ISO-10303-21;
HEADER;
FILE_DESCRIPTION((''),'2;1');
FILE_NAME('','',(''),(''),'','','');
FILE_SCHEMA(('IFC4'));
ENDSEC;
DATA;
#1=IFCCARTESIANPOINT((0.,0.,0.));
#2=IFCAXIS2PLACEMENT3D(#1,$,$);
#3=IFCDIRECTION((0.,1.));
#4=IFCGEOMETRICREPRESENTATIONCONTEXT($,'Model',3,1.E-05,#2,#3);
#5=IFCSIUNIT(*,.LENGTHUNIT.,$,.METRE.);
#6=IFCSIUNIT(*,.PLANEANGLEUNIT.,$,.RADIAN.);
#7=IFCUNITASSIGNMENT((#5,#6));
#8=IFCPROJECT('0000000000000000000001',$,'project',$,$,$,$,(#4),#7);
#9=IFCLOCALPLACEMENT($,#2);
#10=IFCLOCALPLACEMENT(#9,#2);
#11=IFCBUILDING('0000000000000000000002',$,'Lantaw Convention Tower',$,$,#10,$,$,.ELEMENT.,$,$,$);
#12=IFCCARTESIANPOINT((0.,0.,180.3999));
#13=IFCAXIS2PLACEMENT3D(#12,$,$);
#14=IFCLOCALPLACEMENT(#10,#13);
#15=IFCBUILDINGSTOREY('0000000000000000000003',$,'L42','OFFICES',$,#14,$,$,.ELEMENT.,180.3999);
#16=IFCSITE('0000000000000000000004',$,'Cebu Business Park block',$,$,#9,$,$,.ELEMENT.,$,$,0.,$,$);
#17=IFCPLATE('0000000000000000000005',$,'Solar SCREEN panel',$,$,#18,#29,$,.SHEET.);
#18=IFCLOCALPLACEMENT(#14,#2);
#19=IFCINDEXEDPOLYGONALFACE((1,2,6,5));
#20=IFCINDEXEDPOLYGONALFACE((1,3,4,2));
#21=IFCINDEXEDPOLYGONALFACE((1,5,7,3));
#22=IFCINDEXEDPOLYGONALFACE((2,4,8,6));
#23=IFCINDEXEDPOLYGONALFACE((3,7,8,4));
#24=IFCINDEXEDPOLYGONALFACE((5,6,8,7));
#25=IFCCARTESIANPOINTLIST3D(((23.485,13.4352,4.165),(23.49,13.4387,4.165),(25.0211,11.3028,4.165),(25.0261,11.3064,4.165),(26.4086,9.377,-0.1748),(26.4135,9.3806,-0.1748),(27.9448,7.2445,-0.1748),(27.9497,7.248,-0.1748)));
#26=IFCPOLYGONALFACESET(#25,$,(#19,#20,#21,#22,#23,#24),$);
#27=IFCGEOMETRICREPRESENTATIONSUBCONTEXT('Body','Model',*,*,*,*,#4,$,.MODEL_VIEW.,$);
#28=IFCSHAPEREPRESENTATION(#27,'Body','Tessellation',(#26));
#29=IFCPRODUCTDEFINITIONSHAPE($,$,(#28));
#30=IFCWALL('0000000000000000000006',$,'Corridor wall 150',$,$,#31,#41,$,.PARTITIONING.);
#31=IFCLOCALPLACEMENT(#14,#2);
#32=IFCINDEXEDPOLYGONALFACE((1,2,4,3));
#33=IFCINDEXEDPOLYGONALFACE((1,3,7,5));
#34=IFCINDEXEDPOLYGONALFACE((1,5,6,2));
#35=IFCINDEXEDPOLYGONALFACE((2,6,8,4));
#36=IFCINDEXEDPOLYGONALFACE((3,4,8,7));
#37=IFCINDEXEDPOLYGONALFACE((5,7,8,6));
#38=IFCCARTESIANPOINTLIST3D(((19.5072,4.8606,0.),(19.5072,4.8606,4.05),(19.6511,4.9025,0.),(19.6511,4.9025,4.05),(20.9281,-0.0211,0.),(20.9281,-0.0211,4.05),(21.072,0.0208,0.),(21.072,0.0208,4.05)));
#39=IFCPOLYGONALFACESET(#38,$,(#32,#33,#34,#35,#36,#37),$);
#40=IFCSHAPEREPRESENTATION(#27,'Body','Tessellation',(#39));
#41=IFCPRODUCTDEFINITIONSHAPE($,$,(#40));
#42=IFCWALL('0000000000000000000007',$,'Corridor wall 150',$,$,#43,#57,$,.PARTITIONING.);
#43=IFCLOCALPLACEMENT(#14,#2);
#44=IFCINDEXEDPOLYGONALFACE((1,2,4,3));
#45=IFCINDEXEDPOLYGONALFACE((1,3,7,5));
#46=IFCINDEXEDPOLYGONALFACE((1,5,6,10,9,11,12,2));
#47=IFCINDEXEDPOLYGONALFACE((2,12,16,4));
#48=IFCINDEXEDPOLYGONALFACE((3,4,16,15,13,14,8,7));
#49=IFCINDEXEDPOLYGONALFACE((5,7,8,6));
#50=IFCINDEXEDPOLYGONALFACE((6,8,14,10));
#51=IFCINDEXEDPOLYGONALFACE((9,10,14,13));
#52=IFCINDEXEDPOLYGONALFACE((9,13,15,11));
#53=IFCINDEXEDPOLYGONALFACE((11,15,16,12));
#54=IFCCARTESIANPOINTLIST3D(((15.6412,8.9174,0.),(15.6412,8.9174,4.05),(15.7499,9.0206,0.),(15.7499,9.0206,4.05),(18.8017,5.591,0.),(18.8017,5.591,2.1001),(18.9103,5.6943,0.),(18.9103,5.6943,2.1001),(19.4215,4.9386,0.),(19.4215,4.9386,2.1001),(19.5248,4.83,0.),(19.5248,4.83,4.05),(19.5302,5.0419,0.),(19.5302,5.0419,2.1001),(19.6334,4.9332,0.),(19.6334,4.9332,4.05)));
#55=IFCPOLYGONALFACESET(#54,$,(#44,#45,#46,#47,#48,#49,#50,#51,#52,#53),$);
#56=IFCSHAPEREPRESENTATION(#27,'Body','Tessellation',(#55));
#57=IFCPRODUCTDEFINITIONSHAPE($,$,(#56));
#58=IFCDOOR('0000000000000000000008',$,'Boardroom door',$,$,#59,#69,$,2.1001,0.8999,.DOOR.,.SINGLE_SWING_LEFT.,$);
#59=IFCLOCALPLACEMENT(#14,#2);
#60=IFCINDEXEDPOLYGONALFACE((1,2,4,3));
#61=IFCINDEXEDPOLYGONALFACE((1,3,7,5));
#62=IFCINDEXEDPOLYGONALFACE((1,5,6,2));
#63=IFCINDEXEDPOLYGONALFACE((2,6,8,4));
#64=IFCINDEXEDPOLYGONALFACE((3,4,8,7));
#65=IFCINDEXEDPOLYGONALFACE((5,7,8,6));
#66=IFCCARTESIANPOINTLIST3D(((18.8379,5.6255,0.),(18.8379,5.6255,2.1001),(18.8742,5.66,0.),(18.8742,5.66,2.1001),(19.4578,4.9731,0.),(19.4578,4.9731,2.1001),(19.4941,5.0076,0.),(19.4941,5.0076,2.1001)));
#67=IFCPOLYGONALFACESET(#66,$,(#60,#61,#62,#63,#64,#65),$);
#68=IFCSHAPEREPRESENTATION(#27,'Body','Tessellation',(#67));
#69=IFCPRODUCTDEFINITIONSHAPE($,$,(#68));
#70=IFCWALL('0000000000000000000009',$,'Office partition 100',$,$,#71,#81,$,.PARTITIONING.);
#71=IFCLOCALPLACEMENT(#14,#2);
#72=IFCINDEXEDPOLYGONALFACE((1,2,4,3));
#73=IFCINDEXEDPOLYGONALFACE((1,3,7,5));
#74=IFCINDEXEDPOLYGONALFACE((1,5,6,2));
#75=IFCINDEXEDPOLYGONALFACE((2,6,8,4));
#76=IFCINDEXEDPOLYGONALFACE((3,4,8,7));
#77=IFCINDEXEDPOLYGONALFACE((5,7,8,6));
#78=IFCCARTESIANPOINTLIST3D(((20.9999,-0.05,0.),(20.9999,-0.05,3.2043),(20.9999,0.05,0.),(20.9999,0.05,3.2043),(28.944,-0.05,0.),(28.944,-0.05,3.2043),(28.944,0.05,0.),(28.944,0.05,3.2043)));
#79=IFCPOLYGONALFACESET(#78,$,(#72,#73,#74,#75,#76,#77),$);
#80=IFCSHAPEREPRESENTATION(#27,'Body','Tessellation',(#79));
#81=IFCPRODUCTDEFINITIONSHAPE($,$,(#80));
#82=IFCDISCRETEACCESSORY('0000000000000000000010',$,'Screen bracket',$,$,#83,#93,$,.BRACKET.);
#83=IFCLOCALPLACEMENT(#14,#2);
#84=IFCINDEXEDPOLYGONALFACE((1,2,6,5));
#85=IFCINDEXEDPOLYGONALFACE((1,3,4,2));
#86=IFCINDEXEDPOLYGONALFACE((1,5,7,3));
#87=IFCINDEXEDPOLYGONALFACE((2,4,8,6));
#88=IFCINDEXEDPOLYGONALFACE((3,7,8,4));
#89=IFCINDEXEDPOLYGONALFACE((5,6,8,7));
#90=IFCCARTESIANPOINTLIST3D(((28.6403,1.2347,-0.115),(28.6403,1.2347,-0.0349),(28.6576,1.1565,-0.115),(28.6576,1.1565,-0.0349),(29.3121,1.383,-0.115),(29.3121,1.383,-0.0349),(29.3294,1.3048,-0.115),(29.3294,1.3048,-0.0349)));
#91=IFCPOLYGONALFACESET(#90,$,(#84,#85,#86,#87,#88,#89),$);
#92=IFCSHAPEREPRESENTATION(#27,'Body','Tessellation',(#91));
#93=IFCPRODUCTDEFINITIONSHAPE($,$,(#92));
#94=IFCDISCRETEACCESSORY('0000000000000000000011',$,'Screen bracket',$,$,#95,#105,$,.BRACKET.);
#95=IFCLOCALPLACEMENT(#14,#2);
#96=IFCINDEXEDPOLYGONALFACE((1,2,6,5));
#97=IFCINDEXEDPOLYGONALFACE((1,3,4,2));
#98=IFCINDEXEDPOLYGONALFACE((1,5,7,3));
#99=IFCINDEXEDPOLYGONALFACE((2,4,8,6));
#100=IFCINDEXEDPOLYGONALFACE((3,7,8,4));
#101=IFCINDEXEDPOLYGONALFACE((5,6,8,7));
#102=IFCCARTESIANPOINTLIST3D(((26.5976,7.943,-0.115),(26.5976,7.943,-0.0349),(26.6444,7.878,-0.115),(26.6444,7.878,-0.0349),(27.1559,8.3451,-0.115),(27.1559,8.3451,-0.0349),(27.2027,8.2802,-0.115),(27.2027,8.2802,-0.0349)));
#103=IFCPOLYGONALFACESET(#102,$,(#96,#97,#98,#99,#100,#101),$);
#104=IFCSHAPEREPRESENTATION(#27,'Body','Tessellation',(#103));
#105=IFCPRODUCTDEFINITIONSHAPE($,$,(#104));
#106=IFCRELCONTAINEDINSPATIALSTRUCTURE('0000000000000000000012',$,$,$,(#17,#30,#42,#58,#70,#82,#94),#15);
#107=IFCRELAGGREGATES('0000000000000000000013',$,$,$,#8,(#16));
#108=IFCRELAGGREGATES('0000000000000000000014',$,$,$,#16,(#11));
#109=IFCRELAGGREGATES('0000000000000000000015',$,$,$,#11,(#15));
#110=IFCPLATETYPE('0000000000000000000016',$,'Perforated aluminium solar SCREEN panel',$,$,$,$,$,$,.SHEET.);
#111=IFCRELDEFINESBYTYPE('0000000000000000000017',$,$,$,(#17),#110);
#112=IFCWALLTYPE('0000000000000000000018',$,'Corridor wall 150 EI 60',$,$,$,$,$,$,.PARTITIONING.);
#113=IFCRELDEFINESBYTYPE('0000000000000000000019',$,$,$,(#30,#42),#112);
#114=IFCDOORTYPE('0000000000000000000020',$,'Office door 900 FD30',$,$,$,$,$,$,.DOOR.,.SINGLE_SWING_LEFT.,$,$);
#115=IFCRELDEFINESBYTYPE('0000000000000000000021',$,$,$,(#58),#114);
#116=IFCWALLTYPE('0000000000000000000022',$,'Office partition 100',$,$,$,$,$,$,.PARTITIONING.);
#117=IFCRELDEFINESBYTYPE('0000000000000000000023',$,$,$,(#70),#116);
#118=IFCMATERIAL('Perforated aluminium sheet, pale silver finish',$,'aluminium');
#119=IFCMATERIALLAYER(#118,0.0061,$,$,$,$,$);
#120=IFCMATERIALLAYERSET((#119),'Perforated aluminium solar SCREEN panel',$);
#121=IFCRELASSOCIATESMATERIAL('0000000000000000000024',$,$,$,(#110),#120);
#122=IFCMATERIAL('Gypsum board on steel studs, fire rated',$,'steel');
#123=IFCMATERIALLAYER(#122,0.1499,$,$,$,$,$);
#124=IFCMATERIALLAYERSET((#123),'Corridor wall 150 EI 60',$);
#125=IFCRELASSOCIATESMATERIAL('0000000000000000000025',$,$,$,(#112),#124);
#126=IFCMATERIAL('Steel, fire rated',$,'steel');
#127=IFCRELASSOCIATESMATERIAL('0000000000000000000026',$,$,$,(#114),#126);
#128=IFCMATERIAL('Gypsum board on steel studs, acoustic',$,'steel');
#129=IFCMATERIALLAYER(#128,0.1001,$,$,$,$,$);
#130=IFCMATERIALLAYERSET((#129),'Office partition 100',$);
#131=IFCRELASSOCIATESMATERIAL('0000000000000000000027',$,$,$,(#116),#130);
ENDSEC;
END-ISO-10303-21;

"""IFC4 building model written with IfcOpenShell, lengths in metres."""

from ifc_helpers import new_model, si_unit, direction, frame, frame_2d, origin, origin_2d, place, context, subcontext, project, spatial, polyline, rectangle, outline, extrude, material, layer, layer_set, type_object, element, fill, save


model = new_model("IFC4")

# Units and contexts
model_context = context("Model", 3, precision=1e-05, world=origin(), true_north=direction((0.0, 1.0)))
body_context = subcontext(model_context, "Body", "Model", "MODEL_VIEW")
ifc_project = project(units=[si_unit("LENGTHUNIT", "METRE"), si_unit("PLANEANGLEUNIT", "RADIAN")], contexts=[model_context])

# Site, building, storey
site_placement = place(None, origin())
site = spatial("IfcSite", under=ifc_project, at=site_placement, Name="Cebu Business Park block", CompositionType="ELEMENT", RefElevation=0.0)
building_placement = place(site_placement, origin())
building = spatial("IfcBuilding", under=site, at=building_placement, Name="Lantaw Convention Tower", CompositionType="ELEMENT")
storey_placement = place(building_placement, frame((0.0, 0.0, 180.3999)))
storey = spatial("IfcBuildingStorey", under=building, at=storey_placement, Name="L42", Description="OFFICES", CompositionType="ELEMENT", Elevation=180.3999)

# Plate
ifc_material_1 = material(Name="Perforated aluminium sheet, pale silver finish", Category="aluminium")
ifc_layer_1 = layer(ifc_material_1, 0.0061)
ifc_layer_set_1 = layer_set([ifc_layer_1], Name="Perforated aluminium solar SCREEN panel")
plate_type_1 = type_object("IfcPlateType", Name="Perforated aluminium solar SCREEN panel", PredefinedType="SHEET", material=ifc_layer_set_1)
plate_1_placement = place(storey_placement, frame((27.9497, 7.248, -0.1748), z_axis=(0.811395, 0.584498, 0.000036), x_axis=(-0.584498, 0.811395, 0.0)))
element("IfcPlate", 1, at=plate_1_placement, inside=storey, type_object=plate_type_1, Name="Solar SCREEN panel", PredefinedType="SHEET", context=body_context, shape_type="SweptSolid", body=[
    extrude(outline(polyline([(0.0, 0.0), (2.6282, 0.0), (7.6298, 4.3398), (5.0018, 4.3398), (0.0, 0.0)])), origin(), (0.0, 0.0, -1.0), 0.0061),
])

# Wall
ifc_material_2 = material(Name="Gypsum board on steel studs, fire rated", Category="steel")
ifc_layer_2 = layer(ifc_material_2, 0.1499)
ifc_layer_set_2 = layer_set([ifc_layer_2], Name="Corridor wall 150 EI 60")
wall_type_1 = type_object("IfcWallType", Name="Corridor wall 150 EI 60", PredefinedType="PARTITIONING", material=ifc_layer_set_2)
wall_1_placement = place(storey_placement, frame((21.0, 0.0, 0.0), z_axis=(0.0, 0.0, 1.0), x_axis=(-0.279474, 0.960153, 0.0)))
element("IfcWall", 2, at=wall_1_placement, inside=storey, type_object=wall_type_1, Name="Corridor wall 150", PredefinedType="PARTITIONING", context=body_context, shape_type="SweptSolid", body=[
    extrude(rectangle(XDim=5.0842, YDim=0.1499, at=frame_2d((2.542, 0.0))), origin(), (0.0, 0.0, 1.0), 4.05),
])

# Wall, opening, door
wall_2_placement = place(storey_placement, frame((19.5791, 4.8816, 0.0), z_axis=(0.0, 0.0, 1.0), x_axis=(-0.688797, 0.724954, 0.0)))
wall_2 = element("IfcWall", 3, at=wall_2_placement, inside=storey, type_object=wall_type_1, Name="Corridor wall 150", PredefinedType="PARTITIONING", context=body_context, shape_type="SweptSolid", body=[
    extrude(rectangle(XDim=5.6382, YDim=0.1499, at=frame_2d((2.8191, 0.0))), origin(), (0.0, 0.0, 1.0), 4.05),
])
opening_placement = place(wall_2_placement, frame((0.1499, 0.0, 0.0)))
opening = element("IfcOpeningElement", 4, at=opening_placement, cuts=wall_2, PredefinedType="OPENING", context=body_context, shape_type="SweptSolid", body=[
    extrude(rectangle(XDim=0.8999, YDim=2.1001, at=frame_2d((0.45, 1.05))), frame((0.0, 0.085, 0.0), z_axis=(0.0, -1.0, 0.0), x_axis=(1.0, 0.0, 0.0)), (0.0, 0.0, 1.0), 0.1699),
])
ifc_material_3 = material(Name="Steel, fire rated", Category="steel")
door_type = type_object("IfcDoorType", Name="Office door 900 FD30", OperationType="SINGLE_SWING_LEFT", PredefinedType="DOOR", material=ifc_material_3)
door_placement = place(opening_placement, origin())
door = element("IfcDoor", 5, at=door_placement, inside=storey, type_object=door_type, Name="Boardroom door", OperationType="SINGLE_SWING_LEFT", OverallHeight=2.1001, OverallWidth=0.8999, PredefinedType="DOOR", context=body_context, shape_type="SweptSolid", body=[
    extrude(rectangle(XDim=0.8999, YDim=2.1001, at=frame_2d((0.45, 1.05))), frame((0.0, 0.0249, 0.0), z_axis=(0.0, -1.0, 0.0), x_axis=(1.0, 0.0, 0.0)), (0.0, 0.0, 1.0), 0.05),
])
fill(opening, door)

# Wall
ifc_material_4 = material(Name="Gypsum board on steel studs, acoustic", Category="steel")
ifc_layer_3 = layer(ifc_material_4, 0.1001)
ifc_layer_set_3 = layer_set([ifc_layer_3], Name="Office partition 100")
wall_type_2 = type_object("IfcWallType", Name="Office partition 100", PredefinedType="PARTITIONING", material=ifc_layer_set_3)
wall_3_placement = place(storey_placement, frame((28.9441, 0.0, 0.0), z_axis=(0.0, 0.0, 1.0), x_axis=(-1.0, 0.0, 0.0)))
element("IfcWall", 6, at=wall_3_placement, inside=storey, type_object=wall_type_2, Name="Office partition 100", PredefinedType="PARTITIONING", context=body_context, shape_type="SweptSolid", body=[
    extrude(rectangle(XDim=7.9441, YDim=0.1001, at=frame_2d((3.9722, 0.0))), origin(), (0.0, 0.0, 1.0), 3.2043),
])

# Discrete accessories
for number, where, z_axis, x_axis, name in (
    (7, (28.9849, 1.2698, -0.115), (0.0, 0.0, 1.0), (-0.215546, 0.976494, 0.0), "Screen bracket"),
    (8, (26.9001, 8.1116, -0.115), (0.0, 0.0, 1.0), (-0.584513, 0.811385, 0.0), "Screen bracket"),
):
    element("IfcDiscreteAccessory", number, at=place(storey_placement, frame(where, z_axis=z_axis, x_axis=x_axis)), inside=storey, Name=name, PredefinedType="BRACKET", context=body_context, shape_type="SweptSolid", body=[
        extrude(rectangle(XDim=0.0801, YDim=0.688, at=origin_2d()), origin(), (0.0, 0.0, 1.0), 0.0801),
    ])

save(model, "model.ifc")
